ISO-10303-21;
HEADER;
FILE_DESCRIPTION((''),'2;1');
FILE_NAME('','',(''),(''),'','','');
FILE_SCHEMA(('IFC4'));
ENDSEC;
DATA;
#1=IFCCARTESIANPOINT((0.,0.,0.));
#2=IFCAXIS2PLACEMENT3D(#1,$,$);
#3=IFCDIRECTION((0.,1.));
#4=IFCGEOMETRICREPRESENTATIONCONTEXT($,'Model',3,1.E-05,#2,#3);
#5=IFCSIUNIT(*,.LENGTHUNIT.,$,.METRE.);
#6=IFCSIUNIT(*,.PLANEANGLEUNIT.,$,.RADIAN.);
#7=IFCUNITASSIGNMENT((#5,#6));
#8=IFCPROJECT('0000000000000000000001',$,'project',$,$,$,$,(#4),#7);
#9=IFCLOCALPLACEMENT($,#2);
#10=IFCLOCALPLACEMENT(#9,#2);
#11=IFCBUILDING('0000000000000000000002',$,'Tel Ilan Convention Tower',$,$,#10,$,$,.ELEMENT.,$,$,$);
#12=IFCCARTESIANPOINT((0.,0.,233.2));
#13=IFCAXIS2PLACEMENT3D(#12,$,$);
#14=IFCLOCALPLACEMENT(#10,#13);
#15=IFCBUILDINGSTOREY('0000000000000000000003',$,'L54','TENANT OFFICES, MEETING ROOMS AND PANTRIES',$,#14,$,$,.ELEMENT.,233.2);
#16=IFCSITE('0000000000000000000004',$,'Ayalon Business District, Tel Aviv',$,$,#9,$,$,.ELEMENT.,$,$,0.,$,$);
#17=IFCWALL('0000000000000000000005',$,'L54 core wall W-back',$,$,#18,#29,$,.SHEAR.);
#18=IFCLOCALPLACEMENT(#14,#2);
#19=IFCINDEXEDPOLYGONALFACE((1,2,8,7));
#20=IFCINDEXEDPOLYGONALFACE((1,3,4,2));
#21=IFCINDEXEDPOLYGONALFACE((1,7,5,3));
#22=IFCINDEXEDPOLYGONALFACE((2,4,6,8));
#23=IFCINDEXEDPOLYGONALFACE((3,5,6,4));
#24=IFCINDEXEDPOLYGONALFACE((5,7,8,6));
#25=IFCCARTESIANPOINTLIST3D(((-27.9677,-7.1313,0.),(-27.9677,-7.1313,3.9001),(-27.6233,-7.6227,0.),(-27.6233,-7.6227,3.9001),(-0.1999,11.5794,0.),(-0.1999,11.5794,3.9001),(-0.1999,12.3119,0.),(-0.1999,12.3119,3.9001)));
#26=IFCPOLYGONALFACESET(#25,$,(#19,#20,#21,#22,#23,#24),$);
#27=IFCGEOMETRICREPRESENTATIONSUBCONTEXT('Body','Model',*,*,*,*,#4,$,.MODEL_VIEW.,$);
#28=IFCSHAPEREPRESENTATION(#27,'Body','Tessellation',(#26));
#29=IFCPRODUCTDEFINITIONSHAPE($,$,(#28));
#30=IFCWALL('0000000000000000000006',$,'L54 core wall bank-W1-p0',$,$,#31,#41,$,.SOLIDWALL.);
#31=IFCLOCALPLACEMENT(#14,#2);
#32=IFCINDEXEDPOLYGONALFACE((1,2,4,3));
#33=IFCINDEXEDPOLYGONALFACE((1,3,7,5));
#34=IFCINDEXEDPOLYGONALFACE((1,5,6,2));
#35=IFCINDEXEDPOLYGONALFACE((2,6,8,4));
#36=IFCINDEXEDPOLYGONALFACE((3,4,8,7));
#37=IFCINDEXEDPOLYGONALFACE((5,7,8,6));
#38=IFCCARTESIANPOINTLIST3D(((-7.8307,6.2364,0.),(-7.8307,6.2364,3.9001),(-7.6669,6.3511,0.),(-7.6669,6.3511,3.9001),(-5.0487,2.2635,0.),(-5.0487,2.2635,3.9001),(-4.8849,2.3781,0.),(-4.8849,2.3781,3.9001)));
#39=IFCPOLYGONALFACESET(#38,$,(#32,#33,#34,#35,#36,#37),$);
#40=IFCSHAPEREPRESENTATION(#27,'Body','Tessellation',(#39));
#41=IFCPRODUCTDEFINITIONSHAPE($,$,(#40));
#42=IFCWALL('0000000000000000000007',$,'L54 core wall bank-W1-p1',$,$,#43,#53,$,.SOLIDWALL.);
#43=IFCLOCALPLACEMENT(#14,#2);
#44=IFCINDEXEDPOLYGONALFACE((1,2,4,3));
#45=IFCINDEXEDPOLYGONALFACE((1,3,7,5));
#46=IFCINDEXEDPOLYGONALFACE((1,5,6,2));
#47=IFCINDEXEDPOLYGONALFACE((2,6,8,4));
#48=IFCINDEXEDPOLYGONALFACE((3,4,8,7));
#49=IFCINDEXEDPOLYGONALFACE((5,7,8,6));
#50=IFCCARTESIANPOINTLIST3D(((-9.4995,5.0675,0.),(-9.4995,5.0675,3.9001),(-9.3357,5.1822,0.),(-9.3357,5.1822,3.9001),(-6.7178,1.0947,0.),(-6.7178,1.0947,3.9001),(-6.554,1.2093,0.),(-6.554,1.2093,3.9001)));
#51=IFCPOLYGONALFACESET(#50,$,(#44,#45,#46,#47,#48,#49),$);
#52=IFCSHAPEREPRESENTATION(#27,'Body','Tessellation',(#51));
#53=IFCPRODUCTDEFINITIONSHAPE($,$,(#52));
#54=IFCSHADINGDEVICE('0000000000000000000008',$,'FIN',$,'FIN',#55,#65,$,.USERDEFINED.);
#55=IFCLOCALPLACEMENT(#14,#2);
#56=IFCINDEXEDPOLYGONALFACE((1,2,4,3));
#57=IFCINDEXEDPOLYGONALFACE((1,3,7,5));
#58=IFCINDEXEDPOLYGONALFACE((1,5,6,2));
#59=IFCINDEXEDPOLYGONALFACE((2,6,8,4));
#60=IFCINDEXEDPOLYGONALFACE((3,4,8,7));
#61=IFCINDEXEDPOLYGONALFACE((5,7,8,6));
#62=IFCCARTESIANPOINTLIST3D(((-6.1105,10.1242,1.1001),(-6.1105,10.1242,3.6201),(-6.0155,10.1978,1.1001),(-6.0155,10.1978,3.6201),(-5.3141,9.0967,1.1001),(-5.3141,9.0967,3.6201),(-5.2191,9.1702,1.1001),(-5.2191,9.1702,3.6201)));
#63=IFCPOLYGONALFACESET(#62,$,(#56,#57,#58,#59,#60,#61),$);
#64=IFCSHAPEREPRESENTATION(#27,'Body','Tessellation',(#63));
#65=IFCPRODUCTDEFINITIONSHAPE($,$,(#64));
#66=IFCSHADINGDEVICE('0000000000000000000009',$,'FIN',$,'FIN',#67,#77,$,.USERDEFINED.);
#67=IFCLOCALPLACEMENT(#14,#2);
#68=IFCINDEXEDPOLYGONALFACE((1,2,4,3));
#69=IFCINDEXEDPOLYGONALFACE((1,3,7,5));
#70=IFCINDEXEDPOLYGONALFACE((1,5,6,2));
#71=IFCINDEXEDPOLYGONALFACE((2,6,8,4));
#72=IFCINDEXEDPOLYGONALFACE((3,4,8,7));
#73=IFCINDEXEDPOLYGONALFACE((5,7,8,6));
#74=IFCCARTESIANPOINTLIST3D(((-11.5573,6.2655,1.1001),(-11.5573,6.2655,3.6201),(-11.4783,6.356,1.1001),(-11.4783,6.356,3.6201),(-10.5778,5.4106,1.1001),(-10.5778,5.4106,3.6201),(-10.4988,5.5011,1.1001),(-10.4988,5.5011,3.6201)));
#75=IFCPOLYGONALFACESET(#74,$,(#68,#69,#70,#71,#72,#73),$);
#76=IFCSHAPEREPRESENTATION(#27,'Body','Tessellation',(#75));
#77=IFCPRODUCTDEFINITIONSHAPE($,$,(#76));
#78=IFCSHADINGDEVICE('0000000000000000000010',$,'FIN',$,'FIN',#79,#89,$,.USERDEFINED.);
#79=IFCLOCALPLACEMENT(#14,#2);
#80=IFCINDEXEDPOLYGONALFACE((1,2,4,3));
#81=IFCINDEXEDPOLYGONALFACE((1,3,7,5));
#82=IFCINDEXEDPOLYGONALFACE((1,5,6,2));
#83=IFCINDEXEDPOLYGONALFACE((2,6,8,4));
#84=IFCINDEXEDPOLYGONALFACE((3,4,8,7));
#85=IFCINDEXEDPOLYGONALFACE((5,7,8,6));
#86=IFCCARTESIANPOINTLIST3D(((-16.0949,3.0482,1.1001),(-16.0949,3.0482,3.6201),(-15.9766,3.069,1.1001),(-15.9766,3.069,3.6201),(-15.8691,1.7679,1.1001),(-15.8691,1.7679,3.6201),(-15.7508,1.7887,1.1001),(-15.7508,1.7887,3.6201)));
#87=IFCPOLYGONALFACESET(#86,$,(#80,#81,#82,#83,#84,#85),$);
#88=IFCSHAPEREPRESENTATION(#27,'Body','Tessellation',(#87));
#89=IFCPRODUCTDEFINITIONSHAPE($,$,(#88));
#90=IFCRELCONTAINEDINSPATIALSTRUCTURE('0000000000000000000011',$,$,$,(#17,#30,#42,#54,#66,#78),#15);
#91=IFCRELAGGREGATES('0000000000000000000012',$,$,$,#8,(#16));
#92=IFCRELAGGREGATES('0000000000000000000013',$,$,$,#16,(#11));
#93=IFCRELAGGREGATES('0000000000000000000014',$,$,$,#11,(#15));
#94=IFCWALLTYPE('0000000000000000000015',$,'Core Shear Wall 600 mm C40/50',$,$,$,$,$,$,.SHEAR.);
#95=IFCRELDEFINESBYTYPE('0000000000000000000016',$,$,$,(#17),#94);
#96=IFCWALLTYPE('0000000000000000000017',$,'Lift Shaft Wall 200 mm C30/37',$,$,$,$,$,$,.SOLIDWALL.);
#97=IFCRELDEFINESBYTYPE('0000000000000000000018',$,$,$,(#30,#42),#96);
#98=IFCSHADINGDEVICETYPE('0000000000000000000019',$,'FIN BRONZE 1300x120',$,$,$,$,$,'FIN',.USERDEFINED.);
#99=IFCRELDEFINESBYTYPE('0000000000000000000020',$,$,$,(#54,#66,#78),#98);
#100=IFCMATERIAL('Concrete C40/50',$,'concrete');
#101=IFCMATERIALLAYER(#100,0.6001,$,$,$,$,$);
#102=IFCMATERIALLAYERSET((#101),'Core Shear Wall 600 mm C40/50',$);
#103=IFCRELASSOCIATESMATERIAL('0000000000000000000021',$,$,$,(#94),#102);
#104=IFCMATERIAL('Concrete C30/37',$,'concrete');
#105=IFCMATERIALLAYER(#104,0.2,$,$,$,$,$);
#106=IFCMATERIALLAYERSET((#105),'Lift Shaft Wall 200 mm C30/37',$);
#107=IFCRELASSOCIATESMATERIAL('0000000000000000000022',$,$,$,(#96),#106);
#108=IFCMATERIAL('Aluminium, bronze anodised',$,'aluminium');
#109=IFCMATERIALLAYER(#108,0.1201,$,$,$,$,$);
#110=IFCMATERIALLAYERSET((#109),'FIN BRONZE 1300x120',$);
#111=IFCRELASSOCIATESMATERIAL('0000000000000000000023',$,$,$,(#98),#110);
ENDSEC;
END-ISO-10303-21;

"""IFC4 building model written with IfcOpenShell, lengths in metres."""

from ifc_helpers import new_model, si_unit, direction, frame, frame_2d, origin, origin_2d, place, context, subcontext, project, spatial, polyline, rectangle, outline, extrude, material, layer, layer_set, type_object, element, save


model = new_model("IFC4")

# Units and contexts
model_context = context("Model", 3, precision=1e-05, world=origin(), true_north=direction((0.0, 1.0)))
body_context = subcontext(model_context, "Body", "Model", "MODEL_VIEW")
ifc_project = project(units=[si_unit("LENGTHUNIT", "METRE"), si_unit("PLANEANGLEUNIT", "RADIAN")], contexts=[model_context])

# Site, building, storey
site_placement = place(None, origin())
site = spatial("IfcSite", under=ifc_project, at=site_placement, Name="Ayalon Business District, Tel Aviv", CompositionType="ELEMENT", RefElevation=0.0)
building_placement = place(site_placement, origin())
building = spatial("IfcBuilding", under=site, at=building_placement, Name="Tel Ilan Convention Tower", CompositionType="ELEMENT")
storey_placement = place(building_placement, frame((0.0, 0.0, 233.2)))
storey = spatial("IfcBuildingStorey", under=building, at=storey_placement, Name="L54", Description="TENANT OFFICES, MEETING ROOMS AND PANTRIES", CompositionType="ELEMENT", Elevation=233.2)

# Walls
ifc_material_1 = material(Name="Concrete C40/50", Category="concrete")
ifc_layer_1 = layer(ifc_material_1, 0.6001)
ifc_layer_set_1 = layer_set([ifc_layer_1], Name="Core Shear Wall 600 mm C40/50")
wall_type_1 = type_object("IfcWallType", Name="Core Shear Wall 600 mm C40/50", PredefinedType="SHEAR", material=ifc_layer_set_1)
wall_1_placement = place(storey_placement, frame((-0.0278, 12.0662, 0.0), z_axis=(0.0, 0.0, 1.0), x_axis=(-0.819151, -0.573577, 0.0)))
element("IfcWall", 1, at=wall_1_placement, inside=storey, type_object=wall_type_1, Name="L54 core wall W-back", PredefinedType="SHEAR", context=body_context, shape_type="SweptSolid", body=[
    extrude(outline(polyline([(33.8979, 0.3), (0.4202, 0.3), (0.0, -0.3), (33.8982, -0.3), (33.8979, 0.3)])), origin(), (0.0, 0.0, 1.0), 3.9001),
])
ifc_material_2 = material(Name="Concrete C30/37", Category="concrete")
ifc_layer_2 = layer(ifc_material_2, 0.2)
ifc_layer_set_2 = layer_set([ifc_layer_2], Name="Lift Shaft Wall 200 mm C30/37")
wall_type_2 = type_object("IfcWallType", Name="Lift Shaft Wall 200 mm C30/37", PredefinedType="SOLIDWALL", material=ifc_layer_set_2)
wall_2_placement = place(storey_placement, frame((-4.9668, 2.3208, 0.0), z_axis=(0.0, 0.0, 1.0), x_axis=(-0.573594, 0.81914, 0.0)))
element("IfcWall", 2, at=wall_2_placement, inside=storey, type_object=wall_type_2, Name="L54 core wall bank-W1-p0", PredefinedType="SOLIDWALL", context=body_context, shape_type="SweptSolid", body=[
    extrude(rectangle(XDim=4.8501, YDim=0.2, at=frame_2d((2.425, 0.0))), origin(), (0.0, 0.0, 1.0), 3.9001),
])
wall_3_placement = place(storey_placement, frame((-6.636, 1.1521, 0.0), z_axis=(0.0, 0.0, 1.0), x_axis=(-0.57356, 0.819163, 0.0)))
element("IfcWall", 3, at=wall_3_placement, inside=storey, type_object=wall_type_2, Name="L54 core wall bank-W1-p1", PredefinedType="SOLIDWALL", context=body_context, shape_type="SweptSolid", body=[
    extrude(rectangle(XDim=4.8499, YDim=0.2, at=frame_2d((2.4248, 0.0))), origin(), (0.0, 0.0, 1.0), 3.9001),
])

# Shading devices
ifc_material_3 = material(Name="Aluminium, bronze anodised", Category="aluminium")
ifc_layer_3 = layer(ifc_material_3, 0.1201)
ifc_layer_set_3 = layer_set([ifc_layer_3], Name="FIN BRONZE 1300x120")
shading_device_type = type_object("IfcShadingDeviceType", Name="FIN BRONZE 1300x120", ElementType="FIN", PredefinedType="USERDEFINED", material=ifc_layer_set_3)
for number, where, z_axis, x_axis, name in (
    (4, (-5.6648, 9.6472, 1.1001), (0.0, 0.0, 1.0), (-0.612601, 0.790393, 0.0), "FIN"),
    (5, (-11.0281, 5.8833, 1.1001), (0.0, 0.0, 1.0), (-0.753436, 0.657521, 0.0), "FIN"),
    (6, (-15.9229, 2.4185, 1.1001), (0.0, 0.0, 1.0), (-0.173648, 0.984808, 0.0), "FIN"),
):
    element("IfcShadingDevice", number, at=place(storey_placement, frame(where, z_axis=z_axis, x_axis=x_axis)), inside=storey, type_object=shading_device_type, Name=name, ObjectType="FIN", PredefinedType="USERDEFINED", context=body_context, shape_type="SweptSolid", body=[
        extrude(rectangle(XDim=1.3, YDim=0.1201, at=origin_2d()), origin(), (0.0, 0.0, 1.0), 2.52),
    ])

save(model, "model.ifc")
